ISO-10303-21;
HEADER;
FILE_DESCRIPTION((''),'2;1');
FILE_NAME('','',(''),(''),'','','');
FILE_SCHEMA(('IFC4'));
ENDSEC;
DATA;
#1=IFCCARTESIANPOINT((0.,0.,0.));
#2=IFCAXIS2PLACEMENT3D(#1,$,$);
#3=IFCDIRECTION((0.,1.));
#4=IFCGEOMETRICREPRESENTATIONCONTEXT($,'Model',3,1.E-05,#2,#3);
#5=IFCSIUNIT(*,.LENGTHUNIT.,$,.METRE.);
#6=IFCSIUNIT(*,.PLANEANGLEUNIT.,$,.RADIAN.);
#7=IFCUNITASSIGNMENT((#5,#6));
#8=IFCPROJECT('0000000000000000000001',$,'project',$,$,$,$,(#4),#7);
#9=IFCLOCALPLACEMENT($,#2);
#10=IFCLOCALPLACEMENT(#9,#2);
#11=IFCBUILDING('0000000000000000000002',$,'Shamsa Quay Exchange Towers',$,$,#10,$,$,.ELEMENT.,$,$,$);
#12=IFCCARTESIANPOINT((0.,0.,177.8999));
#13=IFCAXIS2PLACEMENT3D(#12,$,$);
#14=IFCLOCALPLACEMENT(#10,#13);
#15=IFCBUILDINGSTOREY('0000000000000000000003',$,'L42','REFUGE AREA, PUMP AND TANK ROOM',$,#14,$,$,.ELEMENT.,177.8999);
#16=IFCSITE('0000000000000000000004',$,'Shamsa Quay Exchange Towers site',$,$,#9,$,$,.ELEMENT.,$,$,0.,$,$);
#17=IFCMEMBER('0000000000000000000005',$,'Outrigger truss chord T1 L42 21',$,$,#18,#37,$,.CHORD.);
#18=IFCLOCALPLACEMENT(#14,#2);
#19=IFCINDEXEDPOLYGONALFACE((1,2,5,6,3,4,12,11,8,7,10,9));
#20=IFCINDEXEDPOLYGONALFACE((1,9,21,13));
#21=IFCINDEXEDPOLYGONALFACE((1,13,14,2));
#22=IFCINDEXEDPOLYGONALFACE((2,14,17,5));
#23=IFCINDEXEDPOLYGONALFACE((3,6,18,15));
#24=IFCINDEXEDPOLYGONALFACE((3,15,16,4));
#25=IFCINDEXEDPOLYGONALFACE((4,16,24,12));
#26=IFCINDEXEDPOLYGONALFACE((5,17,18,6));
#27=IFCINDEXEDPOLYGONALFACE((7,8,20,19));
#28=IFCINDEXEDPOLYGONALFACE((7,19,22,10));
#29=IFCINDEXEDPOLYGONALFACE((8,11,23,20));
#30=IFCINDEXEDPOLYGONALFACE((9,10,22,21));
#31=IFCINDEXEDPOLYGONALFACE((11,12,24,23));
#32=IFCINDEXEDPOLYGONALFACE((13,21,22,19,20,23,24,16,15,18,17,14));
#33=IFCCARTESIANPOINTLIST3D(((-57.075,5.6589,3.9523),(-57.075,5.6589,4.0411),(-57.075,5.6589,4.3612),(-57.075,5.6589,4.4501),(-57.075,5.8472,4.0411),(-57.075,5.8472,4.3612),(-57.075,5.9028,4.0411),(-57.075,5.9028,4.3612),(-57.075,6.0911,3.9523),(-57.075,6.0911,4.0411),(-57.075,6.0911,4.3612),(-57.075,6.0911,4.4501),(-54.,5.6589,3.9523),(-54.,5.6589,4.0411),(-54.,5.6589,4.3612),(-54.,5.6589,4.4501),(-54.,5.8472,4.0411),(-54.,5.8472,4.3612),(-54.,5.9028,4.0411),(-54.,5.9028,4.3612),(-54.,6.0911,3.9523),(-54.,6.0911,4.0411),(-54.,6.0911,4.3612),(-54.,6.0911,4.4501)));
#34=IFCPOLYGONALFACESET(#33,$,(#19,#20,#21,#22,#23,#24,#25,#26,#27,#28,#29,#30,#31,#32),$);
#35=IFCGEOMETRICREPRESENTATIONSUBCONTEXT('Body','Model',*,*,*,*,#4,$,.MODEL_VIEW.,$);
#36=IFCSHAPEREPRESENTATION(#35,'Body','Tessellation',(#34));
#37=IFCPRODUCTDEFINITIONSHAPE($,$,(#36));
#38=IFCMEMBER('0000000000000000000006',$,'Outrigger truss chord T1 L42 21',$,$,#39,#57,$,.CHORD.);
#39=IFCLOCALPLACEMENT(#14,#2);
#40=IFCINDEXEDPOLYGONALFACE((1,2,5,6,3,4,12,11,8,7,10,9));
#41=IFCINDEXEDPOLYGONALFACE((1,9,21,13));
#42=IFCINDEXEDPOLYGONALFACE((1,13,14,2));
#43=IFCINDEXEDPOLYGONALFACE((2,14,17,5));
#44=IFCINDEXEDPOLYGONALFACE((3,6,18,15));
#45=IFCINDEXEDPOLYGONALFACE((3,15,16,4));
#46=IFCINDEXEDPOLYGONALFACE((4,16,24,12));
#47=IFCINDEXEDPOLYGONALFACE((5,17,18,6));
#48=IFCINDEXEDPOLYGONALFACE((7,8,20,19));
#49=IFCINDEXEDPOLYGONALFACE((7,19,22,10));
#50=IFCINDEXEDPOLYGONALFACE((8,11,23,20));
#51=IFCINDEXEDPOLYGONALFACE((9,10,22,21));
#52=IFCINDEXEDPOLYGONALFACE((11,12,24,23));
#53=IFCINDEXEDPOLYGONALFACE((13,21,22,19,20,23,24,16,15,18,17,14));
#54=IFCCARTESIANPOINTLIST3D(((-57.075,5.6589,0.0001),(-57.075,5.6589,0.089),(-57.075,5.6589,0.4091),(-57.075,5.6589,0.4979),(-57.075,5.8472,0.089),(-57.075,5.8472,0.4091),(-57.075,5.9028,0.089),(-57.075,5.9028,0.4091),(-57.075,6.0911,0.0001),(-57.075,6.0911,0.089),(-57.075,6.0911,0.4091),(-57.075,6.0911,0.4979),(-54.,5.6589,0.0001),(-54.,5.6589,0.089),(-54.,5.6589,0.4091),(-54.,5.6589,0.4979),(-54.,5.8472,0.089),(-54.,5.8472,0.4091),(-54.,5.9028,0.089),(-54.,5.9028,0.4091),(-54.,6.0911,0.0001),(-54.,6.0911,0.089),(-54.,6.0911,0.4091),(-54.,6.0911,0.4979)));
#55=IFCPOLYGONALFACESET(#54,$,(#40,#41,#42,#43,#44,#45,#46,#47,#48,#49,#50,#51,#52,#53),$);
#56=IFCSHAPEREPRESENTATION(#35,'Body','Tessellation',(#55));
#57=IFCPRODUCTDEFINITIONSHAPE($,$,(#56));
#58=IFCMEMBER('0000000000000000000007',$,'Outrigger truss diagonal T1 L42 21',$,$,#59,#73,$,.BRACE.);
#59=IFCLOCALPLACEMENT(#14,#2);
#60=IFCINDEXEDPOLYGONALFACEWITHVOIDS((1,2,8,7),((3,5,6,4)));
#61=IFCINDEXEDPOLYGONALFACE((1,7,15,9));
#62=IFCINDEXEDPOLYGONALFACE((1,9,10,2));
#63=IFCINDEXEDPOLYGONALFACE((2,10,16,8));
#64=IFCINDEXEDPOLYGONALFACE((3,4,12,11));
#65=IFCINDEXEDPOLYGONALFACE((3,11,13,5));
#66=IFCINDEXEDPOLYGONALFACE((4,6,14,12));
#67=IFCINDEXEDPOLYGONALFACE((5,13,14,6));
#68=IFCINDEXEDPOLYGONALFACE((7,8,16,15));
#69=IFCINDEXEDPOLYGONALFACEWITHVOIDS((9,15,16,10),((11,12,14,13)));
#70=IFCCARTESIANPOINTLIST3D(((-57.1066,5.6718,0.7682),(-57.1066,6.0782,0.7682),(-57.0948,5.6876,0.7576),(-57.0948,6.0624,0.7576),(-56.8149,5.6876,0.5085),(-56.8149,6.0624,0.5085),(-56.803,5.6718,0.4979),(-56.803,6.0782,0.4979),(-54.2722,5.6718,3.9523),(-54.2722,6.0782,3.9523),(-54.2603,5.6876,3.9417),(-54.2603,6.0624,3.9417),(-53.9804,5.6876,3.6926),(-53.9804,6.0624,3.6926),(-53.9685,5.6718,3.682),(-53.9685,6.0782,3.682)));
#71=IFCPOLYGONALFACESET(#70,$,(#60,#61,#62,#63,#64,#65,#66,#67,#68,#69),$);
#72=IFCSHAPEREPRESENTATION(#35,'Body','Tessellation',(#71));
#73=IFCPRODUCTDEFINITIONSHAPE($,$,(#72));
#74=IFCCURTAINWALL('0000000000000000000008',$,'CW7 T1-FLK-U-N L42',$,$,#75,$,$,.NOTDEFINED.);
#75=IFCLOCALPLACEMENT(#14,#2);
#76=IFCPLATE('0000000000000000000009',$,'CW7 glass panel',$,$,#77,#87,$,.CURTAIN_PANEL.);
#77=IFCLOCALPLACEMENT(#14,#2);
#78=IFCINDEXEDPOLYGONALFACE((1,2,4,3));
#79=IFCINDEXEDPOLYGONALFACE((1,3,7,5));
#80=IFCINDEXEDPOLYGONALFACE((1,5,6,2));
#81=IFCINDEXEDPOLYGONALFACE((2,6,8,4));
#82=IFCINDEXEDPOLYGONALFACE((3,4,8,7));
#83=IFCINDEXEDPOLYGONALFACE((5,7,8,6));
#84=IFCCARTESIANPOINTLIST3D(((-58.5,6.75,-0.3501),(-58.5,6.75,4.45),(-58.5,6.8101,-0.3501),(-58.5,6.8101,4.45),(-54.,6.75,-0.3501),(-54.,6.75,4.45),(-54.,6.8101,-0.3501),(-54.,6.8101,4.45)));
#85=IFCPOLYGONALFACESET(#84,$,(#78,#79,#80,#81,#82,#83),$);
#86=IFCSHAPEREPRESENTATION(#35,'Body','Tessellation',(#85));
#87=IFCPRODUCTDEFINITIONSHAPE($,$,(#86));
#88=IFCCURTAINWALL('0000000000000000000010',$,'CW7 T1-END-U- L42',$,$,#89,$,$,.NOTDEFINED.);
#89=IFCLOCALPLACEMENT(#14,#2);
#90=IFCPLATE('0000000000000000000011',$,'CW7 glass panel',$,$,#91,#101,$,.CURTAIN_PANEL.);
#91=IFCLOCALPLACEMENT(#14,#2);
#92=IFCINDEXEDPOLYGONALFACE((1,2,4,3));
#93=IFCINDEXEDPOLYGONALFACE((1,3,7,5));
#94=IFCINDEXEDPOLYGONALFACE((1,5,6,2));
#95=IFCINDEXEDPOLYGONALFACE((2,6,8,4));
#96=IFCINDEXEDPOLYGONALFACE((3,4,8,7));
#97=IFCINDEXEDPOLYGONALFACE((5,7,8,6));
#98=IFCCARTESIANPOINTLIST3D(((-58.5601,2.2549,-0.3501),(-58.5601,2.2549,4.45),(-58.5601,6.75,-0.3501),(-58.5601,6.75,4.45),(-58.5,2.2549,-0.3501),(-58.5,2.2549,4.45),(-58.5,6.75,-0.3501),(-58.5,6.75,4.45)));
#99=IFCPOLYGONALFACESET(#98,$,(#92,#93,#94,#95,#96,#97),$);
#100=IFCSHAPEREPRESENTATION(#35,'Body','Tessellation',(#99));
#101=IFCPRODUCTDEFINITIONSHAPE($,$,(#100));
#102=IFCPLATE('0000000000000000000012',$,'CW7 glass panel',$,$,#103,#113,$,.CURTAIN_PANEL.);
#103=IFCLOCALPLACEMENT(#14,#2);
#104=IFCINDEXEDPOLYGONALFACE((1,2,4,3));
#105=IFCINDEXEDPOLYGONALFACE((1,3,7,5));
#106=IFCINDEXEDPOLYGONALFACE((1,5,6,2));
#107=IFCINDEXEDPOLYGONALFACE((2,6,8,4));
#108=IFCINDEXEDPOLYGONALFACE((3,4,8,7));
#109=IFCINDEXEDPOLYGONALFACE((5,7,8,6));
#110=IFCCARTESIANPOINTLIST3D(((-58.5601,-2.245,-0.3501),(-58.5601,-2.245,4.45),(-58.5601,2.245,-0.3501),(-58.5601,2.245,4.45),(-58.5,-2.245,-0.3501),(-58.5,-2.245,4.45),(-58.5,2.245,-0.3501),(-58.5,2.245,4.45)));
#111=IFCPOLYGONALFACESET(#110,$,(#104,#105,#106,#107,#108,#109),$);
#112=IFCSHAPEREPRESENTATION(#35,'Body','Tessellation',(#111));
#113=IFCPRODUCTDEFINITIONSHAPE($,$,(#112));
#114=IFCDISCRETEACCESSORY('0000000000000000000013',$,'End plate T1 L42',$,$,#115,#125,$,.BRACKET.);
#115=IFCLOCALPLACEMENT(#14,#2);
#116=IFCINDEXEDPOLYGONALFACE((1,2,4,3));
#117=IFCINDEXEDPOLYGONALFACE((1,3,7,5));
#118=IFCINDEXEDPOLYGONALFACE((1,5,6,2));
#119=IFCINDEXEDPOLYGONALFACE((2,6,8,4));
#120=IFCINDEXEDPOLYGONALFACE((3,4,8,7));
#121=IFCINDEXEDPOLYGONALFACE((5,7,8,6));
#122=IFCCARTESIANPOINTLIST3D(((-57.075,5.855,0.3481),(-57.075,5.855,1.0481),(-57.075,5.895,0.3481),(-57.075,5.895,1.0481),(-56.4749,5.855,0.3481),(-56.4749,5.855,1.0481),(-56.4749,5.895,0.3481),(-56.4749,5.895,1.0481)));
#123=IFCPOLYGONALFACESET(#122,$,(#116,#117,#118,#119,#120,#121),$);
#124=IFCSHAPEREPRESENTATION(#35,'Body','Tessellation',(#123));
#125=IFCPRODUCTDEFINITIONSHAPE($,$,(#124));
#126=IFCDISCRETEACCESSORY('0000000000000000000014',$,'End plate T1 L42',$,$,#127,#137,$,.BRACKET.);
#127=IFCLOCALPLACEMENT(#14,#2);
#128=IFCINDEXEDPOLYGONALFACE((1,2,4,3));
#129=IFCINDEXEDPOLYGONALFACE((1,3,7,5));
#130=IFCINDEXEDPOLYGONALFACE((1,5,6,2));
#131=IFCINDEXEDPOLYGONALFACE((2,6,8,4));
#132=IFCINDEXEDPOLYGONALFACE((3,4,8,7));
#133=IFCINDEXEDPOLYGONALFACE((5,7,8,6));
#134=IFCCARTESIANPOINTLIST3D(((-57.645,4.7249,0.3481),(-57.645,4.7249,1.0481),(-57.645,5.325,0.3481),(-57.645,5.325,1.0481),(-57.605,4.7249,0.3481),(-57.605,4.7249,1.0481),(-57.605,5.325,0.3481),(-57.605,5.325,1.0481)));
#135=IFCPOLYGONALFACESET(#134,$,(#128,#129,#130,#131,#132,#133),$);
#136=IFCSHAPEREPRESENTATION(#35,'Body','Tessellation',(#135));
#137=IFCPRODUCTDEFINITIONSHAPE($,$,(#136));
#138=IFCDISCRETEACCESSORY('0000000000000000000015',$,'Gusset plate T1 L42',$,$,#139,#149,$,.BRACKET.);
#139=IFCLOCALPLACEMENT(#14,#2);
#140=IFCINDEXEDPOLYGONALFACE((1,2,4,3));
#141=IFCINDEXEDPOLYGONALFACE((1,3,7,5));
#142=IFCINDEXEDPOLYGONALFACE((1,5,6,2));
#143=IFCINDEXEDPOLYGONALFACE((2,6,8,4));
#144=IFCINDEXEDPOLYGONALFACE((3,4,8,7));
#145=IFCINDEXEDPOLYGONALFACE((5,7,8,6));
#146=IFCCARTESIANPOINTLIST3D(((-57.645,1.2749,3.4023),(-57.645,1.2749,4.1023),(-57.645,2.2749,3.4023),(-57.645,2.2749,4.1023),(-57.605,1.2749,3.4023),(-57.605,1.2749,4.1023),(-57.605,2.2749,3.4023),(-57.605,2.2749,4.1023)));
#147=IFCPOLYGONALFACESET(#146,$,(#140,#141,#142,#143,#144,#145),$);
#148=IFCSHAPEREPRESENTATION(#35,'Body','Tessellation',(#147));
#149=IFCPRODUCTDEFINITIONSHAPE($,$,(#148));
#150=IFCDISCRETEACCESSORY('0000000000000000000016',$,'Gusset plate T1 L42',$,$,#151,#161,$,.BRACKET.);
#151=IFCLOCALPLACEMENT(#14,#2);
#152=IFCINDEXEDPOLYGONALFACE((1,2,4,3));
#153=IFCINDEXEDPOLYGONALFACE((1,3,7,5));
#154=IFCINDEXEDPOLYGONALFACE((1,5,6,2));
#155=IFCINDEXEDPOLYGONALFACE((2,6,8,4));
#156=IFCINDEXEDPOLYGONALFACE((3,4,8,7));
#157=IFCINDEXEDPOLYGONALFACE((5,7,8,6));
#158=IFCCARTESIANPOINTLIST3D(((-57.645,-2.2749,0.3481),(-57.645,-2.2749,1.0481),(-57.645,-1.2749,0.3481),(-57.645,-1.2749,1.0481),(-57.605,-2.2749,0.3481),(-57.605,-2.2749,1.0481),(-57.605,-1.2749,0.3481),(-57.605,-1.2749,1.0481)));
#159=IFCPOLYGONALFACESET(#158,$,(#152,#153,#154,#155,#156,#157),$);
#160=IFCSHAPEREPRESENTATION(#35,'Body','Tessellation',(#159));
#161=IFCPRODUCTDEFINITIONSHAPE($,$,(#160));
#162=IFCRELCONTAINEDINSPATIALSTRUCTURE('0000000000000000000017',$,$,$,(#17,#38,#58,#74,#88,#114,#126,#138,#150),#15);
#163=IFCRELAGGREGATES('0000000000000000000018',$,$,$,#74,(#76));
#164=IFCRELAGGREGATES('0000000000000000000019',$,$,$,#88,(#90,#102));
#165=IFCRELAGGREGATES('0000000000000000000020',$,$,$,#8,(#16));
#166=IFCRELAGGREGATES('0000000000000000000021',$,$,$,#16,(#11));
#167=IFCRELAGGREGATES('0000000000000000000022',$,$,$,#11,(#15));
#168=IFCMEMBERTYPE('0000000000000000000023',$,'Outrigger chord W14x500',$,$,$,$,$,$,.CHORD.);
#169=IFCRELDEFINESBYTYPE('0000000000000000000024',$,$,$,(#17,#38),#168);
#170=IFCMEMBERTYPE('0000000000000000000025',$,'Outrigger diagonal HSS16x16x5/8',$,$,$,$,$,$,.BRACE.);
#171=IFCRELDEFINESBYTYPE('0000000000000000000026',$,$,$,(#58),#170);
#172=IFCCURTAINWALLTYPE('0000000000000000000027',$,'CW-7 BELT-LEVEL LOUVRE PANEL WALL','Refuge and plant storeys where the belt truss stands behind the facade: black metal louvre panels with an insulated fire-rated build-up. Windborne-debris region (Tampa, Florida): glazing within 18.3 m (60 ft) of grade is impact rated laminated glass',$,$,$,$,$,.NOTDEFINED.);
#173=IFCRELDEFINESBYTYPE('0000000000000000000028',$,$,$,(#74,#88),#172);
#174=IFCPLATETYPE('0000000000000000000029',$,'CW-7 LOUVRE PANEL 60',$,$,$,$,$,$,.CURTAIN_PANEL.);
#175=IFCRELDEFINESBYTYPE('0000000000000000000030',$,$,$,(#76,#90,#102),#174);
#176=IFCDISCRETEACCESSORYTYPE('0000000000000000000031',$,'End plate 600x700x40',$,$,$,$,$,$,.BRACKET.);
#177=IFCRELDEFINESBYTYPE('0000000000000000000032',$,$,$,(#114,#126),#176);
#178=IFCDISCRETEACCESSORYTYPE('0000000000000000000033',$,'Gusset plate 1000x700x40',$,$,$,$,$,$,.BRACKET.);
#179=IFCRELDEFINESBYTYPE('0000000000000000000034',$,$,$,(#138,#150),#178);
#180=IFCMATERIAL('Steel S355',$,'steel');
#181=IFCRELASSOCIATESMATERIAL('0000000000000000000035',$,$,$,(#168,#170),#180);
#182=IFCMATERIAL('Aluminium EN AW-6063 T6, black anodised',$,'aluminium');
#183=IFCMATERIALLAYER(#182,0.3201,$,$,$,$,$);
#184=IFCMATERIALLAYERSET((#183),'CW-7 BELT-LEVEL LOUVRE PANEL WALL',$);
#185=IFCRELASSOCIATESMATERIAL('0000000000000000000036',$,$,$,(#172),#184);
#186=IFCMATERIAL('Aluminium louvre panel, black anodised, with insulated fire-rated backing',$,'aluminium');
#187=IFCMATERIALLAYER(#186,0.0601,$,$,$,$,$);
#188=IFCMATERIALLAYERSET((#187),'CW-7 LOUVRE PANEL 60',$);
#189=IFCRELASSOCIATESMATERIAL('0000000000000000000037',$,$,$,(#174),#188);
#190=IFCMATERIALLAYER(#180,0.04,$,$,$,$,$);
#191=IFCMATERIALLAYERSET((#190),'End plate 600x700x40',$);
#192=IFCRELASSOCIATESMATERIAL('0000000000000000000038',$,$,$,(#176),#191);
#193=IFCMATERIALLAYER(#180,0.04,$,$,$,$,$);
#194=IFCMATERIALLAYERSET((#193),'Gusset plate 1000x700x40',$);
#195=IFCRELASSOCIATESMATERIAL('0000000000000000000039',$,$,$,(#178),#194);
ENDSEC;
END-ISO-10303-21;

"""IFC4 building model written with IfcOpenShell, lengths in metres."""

from ifc_helpers import new_model, si_unit, direction, frame, origin, origin_2d, place, context, subcontext, project, spatial, rectangle, hollow_rectangle, i_section, extrude, material, layer, layer_set, material_profile, profile_set, type_object, element, aggregate, save


model = new_model("IFC4")

# Units and contexts
model_context = context("Model", 3, precision=1e-05, world=origin(), true_north=direction((0.0, 1.0)))
body_context = subcontext(model_context, "Body", "Model", "MODEL_VIEW")
ifc_project = project(units=[si_unit("LENGTHUNIT", "METRE"), si_unit("PLANEANGLEUNIT", "RADIAN")], contexts=[model_context])

# Site, building, storey
site_placement = place(None, origin())
site = spatial("IfcSite", under=ifc_project, at=site_placement, Name="Shamsa Quay Exchange Towers site", CompositionType="ELEMENT", RefElevation=0.0)
building_placement = place(site_placement, origin())
building = spatial("IfcBuilding", under=site, at=building_placement, Name="Shamsa Quay Exchange Towers", CompositionType="ELEMENT")
storey_placement = place(building_placement, frame((0.0, 0.0, 177.8999)))
storey = spatial("IfcBuildingStorey", under=building, at=storey_placement, Name="L42", Description="REFUGE AREA, PUMP AND TANK ROOM", CompositionType="ELEMENT", Elevation=177.8999)

# Members
ifc_material_1 = material(Name="Steel S355", Category="steel")
ifc_material_profile_1 = material_profile(ifc_material_1, i_section(OverallWidth=0.4321, OverallDepth=0.4978, WebThickness=0.0557, FlangeThickness=0.0889, at=origin_2d()), Name="W14x500")
ifc_profile_set_1 = profile_set([ifc_material_profile_1], Name="Steel S355")
member_type_1 = type_object("IfcMemberType", Name="Outrigger chord W14x500", PredefinedType="CHORD", material=ifc_profile_set_1)
for number, where, z_axis, x_axis, name in (
    (1, (-57.075, 5.875, 4.2012), (1.0, 0.0, 0.0), (0.0, 1.0, 0.0), "Outrigger truss chord T1 L42 21"),
    (2, (-57.075, 5.875, 0.249), (1.0, 0.0, 0.0), (0.0, 1.0, 0.0), "Outrigger truss chord T1 L42 21"),
):
    element("IfcMember", number, at=place(storey_placement, frame(where, z_axis=z_axis, x_axis=x_axis)), inside=storey, type_object=member_type_1, Name=name, PredefinedType="CHORD", context=body_context, shape_type="SweptSolid", body=[
        extrude(i_section(OverallWidth=0.4321, OverallDepth=0.4978, WebThickness=0.0557, FlangeThickness=0.0889, at=origin_2d()), origin(), (0.0, 0.0, 1.0), 3.075),
    ])
ifc_material_profile_2 = material_profile(ifc_material_1, hollow_rectangle(XDim=0.4065, YDim=0.4065, WallThickness=0.0159, at=origin_2d()), Name="HSS16x16x5/8")
ifc_profile_set_2 = profile_set([ifc_material_profile_2], Name="Steel S355")
member_type_2 = type_object("IfcMemberType", Name="Outrigger diagonal HSS16x16x5/8", PredefinedType="BRACE", material=ifc_profile_set_2)
member_1_placement = place(storey_placement, frame((-56.9548, 5.875, 0.6331), z_axis=(0.664911, 0.0, 0.746923), x_axis=(0.0, 1.0, 0.0)))
element("IfcMember", 3, at=member_1_placement, inside=storey, type_object=member_type_2, Name="Outrigger truss diagonal T1 L42 21", PredefinedType="BRACE", context=body_context, shape_type="SweptSolid", body=[
    extrude(hollow_rectangle(XDim=0.4065, YDim=0.4065, WallThickness=0.0159, at=origin_2d()), origin(), (0.0, 0.0, 1.0), 4.2629),
])

# Curtain wall, plate
ifc_material_2 = material(Name="Aluminium EN AW-6063 T6, black anodised", Category="aluminium")
ifc_layer_1 = layer(ifc_material_2, 0.3201)
ifc_layer_set_1 = layer_set([ifc_layer_1], Name="CW-7 BELT-LEVEL LOUVRE PANEL WALL")
curtain_wall_type = type_object("IfcCurtainWallType", Name="CW-7 BELT-LEVEL LOUVRE PANEL WALL", Description="Refuge and plant storeys where the belt truss stands behind the facade: black metal louvre panels with an insulated fire-rated build-up. Windborne-debris region (Tampa, Florida): glazing within 18.3 m (60 ft) of grade is impact rated laminated glass", PredefinedType="NOTDEFINED", material=ifc_layer_set_1)
curtain_wall_1_placement = place(storey_placement, origin())
curtain_wall_1 = element("IfcCurtainWall", 4, at=curtain_wall_1_placement, inside=storey, type_object=curtain_wall_type, Name="CW7 T1-FLK-U-N L42", PredefinedType="NOTDEFINED")
ifc_material_3 = material(Name="Aluminium louvre panel, black anodised, with insulated fire-rated backing", Category="aluminium")
ifc_layer_2 = layer(ifc_material_3, 0.0601)
ifc_layer_set_2 = layer_set([ifc_layer_2], Name="CW-7 LOUVRE PANEL 60")
plate_type = type_object("IfcPlateType", Name="CW-7 LOUVRE PANEL 60", PredefinedType="CURTAIN_PANEL", material=ifc_layer_set_2)
plate_1_placement = place(storey_placement, frame((-56.25, 6.78, -0.3501), z_axis=(0.0, 0.0, 1.0), x_axis=(-1.0, 0.0, 0.0)))
plate_1 = element("IfcPlate", 5, at=plate_1_placement, type_object=plate_type, Name="CW7 glass panel", PredefinedType="CURTAIN_PANEL", context=body_context, shape_type="SweptSolid", body=[
    extrude(rectangle(XDim=4.5, YDim=0.0601, at=origin_2d()), origin(), (0.0, 0.0, 1.0), 4.8),
])
aggregate(curtain_wall_1, [plate_1])

# Curtain wall, plates
curtain_wall_2_placement = place(storey_placement, origin())
curtain_wall_2 = element("IfcCurtainWall", 6, at=curtain_wall_2_placement, inside=storey, type_object=curtain_wall_type, Name="CW7 T1-END-U- L42", PredefinedType="NOTDEFINED")
plate_2_placement = place(storey_placement, frame((-58.53, 4.5024, -0.3501), z_axis=(0.0, 0.0, 1.0), x_axis=(0.0, -1.0, 0.0)))
plate_2 = element("IfcPlate", 7, at=plate_2_placement, type_object=plate_type, Name="CW7 glass panel", PredefinedType="CURTAIN_PANEL", context=body_context, shape_type="SweptSolid", body=[
    extrude(rectangle(XDim=4.4951, YDim=0.0601, at=origin_2d()), origin(), (0.0, 0.0, 1.0), 4.8),
])
plate_3_placement = place(storey_placement, frame((-58.53, 0.0, -0.3501), z_axis=(0.0, 0.0, 1.0), x_axis=(0.0, -1.0, 0.0)))
plate_3 = element("IfcPlate", 8, at=plate_3_placement, type_object=plate_type, Name="CW7 glass panel", PredefinedType="CURTAIN_PANEL", context=body_context, shape_type="SweptSolid", body=[
    extrude(rectangle(XDim=4.49, YDim=0.0601, at=origin_2d()), origin(), (0.0, 0.0, 1.0), 4.8),
])
aggregate(curtain_wall_2, [plate_2, plate_3])

# Discrete accessories
ifc_layer_3 = layer(ifc_material_1, 0.04)
ifc_layer_set_3 = layer_set([ifc_layer_3], Name="End plate 600x700x40")
discrete_accessory_type_1 = type_object("IfcDiscreteAccessoryType", Name="End plate 600x700x40", PredefinedType="BRACKET", material=ifc_layer_set_3)
discrete_accessory_1_placement = place(storey_placement, frame((-56.7749, 5.875, 0.3481)))
element("IfcDiscreteAccessory", 9, at=discrete_accessory_1_placement, inside=storey, type_object=discrete_accessory_type_1, Name="End plate T1 L42", PredefinedType="BRACKET", context=body_context, shape_type="SweptSolid", body=[
    extrude(rectangle(XDim=0.6001, YDim=0.04, at=origin_2d()), origin(), (0.0, 0.0, 1.0), 0.7),
])
discrete_accessory_2_placement = place(storey_placement, frame((-57.625, 5.0249, 0.3481), z_axis=(0.0, 0.0, 1.0), x_axis=(0.0, -1.0, 0.0)))
element("IfcDiscreteAccessory", 10, at=discrete_accessory_2_placement, inside=storey, type_object=discrete_accessory_type_1, Name="End plate T1 L42", PredefinedType="BRACKET", context=body_context, shape_type="SweptSolid", body=[
    extrude(rectangle(XDim=0.6001, YDim=0.04, at=origin_2d()), origin(), (0.0, 0.0, 1.0), 0.7),
])
ifc_layer_4 = layer(ifc_material_1, 0.04)
ifc_layer_set_4 = layer_set([ifc_layer_4], Name="Gusset plate 1000x700x40")
discrete_accessory_type_2 = type_object("IfcDiscreteAccessoryType", Name="Gusset plate 1000x700x40", PredefinedType="BRACKET", material=ifc_layer_set_4)
for number, where, z_axis, x_axis, name in (
    (11, (-57.625, 1.7749, 3.4023), (0.0, 0.0, 1.0), (0.0, -1.0, 0.0), "Gusset plate T1 L42"),
    (12, (-57.625, -1.7749, 0.3481), (0.0, 0.0, 1.0), (0.0, -1.0, 0.0), "Gusset plate T1 L42"),
):
    element("IfcDiscreteAccessory", number, at=place(storey_placement, frame(where, z_axis=z_axis, x_axis=x_axis)), inside=storey, type_object=discrete_accessory_type_2, Name=name, PredefinedType="BRACKET", context=body_context, shape_type="SweptSolid", body=[
        extrude(rectangle(XDim=1.0, YDim=0.04, at=origin_2d()), origin(), (0.0, 0.0, 1.0), 0.7),
    ])

save(model, "model.ifc")
